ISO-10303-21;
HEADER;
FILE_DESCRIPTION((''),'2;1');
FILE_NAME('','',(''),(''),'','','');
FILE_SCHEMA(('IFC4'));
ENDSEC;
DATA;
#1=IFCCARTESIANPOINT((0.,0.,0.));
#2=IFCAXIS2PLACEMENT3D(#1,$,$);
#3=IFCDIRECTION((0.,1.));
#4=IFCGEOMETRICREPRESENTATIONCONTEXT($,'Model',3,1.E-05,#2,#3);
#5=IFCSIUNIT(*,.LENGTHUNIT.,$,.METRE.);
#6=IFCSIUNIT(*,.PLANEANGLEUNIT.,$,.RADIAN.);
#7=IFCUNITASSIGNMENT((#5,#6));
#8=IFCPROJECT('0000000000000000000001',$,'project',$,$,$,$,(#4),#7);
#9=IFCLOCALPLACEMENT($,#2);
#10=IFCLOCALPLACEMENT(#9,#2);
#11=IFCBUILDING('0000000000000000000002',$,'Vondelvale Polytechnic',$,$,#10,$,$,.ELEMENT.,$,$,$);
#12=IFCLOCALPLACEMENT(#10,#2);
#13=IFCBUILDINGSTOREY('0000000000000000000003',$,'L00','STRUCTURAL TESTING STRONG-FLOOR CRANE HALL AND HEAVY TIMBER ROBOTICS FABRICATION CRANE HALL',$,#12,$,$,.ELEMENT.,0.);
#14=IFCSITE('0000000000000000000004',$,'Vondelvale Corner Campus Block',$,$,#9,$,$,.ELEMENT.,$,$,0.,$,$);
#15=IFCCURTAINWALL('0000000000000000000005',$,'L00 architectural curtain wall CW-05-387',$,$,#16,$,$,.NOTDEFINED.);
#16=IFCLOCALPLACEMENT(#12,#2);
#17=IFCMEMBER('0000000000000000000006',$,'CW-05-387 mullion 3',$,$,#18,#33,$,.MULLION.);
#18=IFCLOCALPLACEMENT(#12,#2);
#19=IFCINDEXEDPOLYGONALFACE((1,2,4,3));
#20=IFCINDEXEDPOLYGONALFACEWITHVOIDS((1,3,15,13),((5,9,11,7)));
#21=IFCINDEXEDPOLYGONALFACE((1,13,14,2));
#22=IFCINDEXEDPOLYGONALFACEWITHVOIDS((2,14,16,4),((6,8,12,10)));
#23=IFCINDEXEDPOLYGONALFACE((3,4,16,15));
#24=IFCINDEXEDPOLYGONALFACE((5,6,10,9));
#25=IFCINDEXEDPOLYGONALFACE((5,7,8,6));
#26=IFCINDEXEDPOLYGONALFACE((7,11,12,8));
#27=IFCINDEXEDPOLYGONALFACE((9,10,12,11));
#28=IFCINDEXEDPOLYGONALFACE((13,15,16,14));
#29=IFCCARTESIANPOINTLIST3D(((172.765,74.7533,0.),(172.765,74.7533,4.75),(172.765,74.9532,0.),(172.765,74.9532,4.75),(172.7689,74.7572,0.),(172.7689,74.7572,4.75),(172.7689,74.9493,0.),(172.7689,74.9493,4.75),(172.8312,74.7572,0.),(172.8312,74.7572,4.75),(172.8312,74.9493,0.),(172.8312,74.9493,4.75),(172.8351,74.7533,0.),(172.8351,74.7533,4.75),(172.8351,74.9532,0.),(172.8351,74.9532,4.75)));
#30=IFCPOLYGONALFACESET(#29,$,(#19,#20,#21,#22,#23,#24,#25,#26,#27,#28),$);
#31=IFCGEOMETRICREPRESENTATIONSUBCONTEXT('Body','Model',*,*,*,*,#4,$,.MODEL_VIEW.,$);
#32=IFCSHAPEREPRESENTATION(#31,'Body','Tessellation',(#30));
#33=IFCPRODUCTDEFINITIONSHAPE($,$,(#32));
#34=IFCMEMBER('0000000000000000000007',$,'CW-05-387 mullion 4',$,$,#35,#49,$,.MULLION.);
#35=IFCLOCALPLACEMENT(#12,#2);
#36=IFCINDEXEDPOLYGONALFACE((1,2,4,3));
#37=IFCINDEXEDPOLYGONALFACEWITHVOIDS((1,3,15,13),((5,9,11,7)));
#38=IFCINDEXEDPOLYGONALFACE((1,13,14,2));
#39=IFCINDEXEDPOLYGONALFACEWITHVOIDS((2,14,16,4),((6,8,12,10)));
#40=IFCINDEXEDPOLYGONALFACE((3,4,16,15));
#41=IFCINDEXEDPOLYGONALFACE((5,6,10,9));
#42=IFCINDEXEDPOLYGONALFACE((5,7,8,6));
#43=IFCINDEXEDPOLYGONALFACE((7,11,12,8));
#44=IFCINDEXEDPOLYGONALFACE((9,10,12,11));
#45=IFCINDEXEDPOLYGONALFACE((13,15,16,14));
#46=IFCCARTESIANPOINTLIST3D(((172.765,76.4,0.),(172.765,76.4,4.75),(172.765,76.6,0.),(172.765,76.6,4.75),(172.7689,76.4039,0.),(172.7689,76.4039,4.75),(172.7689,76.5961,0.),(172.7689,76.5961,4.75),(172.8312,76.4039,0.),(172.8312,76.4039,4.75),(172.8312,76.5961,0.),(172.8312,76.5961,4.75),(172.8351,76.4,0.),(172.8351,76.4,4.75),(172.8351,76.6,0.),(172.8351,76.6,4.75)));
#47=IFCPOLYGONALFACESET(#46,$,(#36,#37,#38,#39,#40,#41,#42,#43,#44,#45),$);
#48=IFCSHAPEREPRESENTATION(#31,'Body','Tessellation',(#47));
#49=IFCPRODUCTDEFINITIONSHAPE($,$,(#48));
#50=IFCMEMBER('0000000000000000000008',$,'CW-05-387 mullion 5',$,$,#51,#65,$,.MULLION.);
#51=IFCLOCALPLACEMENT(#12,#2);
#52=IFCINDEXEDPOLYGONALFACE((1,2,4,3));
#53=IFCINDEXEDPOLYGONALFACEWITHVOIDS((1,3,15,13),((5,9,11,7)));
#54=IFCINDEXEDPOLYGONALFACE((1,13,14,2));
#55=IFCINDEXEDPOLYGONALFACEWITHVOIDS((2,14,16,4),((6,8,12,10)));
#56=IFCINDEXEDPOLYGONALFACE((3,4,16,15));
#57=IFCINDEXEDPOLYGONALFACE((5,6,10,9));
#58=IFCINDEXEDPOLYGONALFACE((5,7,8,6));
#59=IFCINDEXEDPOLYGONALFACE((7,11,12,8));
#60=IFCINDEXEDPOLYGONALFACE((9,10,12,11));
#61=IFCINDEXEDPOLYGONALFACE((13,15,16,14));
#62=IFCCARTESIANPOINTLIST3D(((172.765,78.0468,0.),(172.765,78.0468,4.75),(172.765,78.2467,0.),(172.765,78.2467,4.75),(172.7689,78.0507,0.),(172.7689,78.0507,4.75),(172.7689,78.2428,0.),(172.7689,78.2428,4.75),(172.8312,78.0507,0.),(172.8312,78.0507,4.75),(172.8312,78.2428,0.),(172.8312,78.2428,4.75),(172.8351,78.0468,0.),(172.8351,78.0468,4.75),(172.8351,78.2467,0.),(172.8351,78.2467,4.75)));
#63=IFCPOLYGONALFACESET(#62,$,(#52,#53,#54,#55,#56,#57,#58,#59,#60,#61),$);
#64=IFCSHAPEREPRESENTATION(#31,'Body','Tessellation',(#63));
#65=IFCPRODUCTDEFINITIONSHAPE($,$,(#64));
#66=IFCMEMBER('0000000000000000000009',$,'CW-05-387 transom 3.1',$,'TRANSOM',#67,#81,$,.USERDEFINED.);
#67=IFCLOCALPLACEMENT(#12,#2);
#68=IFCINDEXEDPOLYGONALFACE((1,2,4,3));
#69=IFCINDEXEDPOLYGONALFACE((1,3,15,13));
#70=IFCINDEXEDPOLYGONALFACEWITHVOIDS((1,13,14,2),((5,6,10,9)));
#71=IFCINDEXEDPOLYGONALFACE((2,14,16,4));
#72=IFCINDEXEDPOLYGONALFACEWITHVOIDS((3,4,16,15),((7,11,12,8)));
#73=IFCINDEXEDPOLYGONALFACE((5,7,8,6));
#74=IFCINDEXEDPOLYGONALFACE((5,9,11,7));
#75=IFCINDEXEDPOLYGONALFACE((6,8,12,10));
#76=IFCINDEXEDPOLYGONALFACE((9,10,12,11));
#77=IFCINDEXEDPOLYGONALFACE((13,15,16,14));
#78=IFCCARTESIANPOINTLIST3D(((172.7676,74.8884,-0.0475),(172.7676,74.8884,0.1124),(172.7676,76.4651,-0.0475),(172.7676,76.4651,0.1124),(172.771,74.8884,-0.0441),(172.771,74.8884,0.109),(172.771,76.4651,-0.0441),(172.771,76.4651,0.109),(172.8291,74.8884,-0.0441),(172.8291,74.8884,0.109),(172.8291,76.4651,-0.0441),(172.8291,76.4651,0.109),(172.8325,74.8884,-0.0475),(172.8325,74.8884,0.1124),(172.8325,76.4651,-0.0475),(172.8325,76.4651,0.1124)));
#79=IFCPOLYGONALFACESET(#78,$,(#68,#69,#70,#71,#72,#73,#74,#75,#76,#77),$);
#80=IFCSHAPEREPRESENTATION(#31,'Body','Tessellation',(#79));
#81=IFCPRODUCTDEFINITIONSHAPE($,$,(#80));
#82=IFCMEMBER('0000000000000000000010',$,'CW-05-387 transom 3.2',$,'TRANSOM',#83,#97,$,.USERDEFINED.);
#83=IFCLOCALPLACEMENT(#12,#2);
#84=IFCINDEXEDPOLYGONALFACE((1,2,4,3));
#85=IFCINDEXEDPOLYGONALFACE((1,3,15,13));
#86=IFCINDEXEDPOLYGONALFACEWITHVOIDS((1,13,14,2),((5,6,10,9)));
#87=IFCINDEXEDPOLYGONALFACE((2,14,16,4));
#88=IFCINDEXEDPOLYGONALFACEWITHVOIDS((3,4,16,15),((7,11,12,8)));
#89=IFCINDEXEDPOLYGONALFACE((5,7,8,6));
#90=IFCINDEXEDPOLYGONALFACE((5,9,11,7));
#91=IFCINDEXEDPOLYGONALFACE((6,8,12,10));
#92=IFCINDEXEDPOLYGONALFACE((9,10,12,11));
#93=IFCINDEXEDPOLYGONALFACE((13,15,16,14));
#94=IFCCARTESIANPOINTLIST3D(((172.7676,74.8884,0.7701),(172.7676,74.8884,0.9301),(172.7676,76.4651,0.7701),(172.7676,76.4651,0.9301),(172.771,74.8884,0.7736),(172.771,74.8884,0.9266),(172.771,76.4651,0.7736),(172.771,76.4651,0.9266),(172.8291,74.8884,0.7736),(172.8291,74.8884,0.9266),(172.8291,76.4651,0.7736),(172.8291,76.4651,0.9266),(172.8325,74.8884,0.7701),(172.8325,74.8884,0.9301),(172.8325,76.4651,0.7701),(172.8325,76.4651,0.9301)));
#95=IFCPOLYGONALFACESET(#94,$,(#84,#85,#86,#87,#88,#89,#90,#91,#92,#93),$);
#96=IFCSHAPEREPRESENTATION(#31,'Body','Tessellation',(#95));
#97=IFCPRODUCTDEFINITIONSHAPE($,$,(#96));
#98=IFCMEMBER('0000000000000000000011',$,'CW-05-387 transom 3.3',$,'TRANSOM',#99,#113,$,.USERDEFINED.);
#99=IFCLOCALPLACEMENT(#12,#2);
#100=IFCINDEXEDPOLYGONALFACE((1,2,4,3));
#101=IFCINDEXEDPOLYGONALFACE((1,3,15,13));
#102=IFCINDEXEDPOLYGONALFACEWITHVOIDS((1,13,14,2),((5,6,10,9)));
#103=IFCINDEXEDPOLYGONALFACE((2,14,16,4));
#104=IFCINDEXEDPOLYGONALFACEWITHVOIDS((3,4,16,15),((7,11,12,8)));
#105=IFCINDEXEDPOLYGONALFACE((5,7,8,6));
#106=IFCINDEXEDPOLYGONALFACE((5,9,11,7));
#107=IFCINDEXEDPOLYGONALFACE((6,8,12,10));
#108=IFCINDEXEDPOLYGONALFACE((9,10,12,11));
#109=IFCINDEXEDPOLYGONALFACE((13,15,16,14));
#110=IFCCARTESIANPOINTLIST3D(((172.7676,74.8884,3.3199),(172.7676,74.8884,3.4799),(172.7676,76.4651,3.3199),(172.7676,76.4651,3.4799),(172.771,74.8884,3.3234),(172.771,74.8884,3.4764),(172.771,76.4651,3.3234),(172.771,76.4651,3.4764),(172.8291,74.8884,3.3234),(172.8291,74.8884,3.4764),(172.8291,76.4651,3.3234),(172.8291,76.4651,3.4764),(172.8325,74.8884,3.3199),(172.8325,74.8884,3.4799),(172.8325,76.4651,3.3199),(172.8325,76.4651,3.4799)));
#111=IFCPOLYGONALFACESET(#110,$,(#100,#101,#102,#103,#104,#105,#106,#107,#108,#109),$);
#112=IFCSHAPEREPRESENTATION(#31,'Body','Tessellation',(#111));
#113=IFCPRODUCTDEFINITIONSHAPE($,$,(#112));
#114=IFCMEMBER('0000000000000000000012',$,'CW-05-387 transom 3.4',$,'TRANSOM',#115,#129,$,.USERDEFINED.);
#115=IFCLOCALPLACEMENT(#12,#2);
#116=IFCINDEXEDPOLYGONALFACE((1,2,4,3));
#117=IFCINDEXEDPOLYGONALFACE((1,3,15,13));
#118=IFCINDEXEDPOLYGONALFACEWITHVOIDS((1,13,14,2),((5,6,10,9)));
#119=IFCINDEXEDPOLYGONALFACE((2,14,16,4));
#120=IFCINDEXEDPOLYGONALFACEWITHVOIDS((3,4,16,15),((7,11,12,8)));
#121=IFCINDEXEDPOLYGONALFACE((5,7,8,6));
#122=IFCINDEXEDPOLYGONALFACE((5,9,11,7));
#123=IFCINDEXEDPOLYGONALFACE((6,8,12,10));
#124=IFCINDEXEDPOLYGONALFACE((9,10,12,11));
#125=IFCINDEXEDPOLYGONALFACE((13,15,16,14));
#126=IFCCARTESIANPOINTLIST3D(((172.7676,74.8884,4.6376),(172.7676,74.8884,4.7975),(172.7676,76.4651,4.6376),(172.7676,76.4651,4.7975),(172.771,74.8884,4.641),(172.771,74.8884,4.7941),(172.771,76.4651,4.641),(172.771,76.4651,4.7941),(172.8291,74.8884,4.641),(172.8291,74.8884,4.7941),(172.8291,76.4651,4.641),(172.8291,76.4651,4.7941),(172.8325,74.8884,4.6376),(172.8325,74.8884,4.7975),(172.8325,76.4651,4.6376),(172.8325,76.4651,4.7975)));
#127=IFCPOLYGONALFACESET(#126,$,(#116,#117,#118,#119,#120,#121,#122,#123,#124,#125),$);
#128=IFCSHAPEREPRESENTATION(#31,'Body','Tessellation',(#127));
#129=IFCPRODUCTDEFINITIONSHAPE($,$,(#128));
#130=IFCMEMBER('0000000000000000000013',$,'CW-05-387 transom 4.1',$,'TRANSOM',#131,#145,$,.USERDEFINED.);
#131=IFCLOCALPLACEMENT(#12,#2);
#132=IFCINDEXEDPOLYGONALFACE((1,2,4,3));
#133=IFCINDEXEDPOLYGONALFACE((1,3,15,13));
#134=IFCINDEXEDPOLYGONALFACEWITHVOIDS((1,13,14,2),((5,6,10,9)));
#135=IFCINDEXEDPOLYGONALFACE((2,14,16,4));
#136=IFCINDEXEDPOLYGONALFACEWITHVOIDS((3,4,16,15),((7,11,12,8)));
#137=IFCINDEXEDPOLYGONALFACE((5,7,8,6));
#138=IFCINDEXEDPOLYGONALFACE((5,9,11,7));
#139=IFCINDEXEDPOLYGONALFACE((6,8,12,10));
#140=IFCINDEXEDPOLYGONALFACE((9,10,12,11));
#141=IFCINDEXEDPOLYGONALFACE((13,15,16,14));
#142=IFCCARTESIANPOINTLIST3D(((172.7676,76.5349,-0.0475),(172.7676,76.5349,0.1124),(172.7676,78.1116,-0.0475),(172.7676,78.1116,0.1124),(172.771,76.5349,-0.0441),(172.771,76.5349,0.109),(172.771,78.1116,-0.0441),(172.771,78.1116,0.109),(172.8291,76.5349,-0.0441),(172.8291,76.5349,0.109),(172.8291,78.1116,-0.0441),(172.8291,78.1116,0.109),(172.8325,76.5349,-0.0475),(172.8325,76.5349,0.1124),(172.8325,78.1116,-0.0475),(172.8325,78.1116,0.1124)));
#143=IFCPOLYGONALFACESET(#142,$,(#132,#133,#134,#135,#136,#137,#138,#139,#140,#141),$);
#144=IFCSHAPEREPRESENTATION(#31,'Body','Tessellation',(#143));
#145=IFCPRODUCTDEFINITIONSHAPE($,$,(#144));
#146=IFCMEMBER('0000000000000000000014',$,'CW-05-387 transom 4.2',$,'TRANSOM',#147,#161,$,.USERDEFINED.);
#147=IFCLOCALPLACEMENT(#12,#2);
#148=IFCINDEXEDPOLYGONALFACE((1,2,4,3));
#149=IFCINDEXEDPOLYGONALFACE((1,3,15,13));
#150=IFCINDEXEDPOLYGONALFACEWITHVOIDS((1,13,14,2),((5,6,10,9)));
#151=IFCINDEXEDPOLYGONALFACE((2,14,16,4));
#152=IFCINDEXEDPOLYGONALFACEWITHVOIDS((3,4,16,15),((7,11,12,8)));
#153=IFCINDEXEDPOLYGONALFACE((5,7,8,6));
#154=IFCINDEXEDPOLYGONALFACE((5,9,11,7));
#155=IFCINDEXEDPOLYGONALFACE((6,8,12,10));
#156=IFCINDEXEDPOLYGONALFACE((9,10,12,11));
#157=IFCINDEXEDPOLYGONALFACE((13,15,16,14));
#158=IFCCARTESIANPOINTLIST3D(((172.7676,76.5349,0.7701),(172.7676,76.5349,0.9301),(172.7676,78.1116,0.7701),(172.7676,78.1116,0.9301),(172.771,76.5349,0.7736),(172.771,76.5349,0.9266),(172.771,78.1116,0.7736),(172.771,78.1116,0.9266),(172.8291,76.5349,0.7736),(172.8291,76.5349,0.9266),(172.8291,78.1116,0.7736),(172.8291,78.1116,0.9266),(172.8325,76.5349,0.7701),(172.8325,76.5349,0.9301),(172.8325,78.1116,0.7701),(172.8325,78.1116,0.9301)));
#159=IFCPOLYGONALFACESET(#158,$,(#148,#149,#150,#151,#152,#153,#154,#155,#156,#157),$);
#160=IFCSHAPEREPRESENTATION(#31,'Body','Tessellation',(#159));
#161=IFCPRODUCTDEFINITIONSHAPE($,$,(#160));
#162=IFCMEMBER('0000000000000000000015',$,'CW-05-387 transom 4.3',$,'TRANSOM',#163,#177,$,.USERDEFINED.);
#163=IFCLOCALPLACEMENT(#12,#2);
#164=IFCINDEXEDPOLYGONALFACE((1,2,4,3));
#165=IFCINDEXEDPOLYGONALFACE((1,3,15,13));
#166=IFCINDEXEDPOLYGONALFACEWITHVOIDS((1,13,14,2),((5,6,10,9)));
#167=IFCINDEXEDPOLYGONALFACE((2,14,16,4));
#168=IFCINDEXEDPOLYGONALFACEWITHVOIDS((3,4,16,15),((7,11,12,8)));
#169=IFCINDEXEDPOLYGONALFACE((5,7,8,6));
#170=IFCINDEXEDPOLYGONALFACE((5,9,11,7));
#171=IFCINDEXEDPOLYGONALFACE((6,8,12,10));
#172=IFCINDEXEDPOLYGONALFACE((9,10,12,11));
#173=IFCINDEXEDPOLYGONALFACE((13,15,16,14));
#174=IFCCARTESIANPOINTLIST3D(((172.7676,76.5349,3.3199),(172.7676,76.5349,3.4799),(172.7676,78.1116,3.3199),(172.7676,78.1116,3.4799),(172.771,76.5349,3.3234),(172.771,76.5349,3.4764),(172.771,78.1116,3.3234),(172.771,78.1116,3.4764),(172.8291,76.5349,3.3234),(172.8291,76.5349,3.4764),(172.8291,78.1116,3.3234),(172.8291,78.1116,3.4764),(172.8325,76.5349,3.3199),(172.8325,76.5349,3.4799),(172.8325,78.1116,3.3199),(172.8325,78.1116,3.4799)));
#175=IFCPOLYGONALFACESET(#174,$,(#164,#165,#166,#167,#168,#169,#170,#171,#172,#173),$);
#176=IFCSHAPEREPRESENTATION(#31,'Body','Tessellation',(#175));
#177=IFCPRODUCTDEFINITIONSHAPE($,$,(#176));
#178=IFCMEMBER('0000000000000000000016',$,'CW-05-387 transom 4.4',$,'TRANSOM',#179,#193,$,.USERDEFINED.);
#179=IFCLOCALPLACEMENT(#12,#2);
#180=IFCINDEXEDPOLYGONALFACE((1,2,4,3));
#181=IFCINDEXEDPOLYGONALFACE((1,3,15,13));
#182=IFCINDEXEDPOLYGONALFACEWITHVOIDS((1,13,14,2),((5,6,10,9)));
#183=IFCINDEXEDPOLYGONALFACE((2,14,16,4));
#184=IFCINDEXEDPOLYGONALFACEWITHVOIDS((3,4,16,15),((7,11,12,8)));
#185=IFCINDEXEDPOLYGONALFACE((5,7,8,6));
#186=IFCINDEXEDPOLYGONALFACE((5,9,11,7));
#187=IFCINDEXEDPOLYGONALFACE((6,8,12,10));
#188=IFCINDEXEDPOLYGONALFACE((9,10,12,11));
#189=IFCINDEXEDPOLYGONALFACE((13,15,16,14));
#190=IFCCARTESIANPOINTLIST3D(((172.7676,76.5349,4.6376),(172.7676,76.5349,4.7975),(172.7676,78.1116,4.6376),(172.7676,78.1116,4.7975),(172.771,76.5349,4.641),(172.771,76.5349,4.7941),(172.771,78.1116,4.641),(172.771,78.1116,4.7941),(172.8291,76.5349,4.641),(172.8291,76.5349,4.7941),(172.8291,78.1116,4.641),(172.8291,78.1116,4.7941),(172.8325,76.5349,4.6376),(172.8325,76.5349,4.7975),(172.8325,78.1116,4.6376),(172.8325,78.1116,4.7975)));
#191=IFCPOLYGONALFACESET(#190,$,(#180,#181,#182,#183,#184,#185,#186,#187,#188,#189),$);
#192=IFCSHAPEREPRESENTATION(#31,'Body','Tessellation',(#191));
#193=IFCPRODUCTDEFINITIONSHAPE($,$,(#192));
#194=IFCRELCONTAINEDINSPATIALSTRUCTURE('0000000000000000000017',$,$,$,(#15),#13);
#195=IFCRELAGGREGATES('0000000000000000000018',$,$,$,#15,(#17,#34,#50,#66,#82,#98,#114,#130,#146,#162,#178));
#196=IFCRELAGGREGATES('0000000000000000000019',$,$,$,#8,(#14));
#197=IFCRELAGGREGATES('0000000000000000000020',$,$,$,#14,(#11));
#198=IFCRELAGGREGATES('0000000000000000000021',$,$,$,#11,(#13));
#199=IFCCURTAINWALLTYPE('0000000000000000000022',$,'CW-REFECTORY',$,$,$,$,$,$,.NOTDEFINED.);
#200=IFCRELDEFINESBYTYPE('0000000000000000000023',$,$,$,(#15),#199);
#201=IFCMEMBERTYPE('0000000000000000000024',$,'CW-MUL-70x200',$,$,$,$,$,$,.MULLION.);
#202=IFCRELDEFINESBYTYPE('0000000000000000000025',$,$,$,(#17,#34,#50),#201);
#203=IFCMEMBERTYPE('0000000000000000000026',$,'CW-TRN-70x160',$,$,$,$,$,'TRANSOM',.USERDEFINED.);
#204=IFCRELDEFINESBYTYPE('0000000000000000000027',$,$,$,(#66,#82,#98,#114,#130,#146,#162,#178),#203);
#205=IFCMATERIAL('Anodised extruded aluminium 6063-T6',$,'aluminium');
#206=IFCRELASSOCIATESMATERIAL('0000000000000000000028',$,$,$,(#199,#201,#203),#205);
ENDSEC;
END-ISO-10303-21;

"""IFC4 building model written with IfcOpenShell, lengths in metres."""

from ifc_helpers import new_model, si_unit, direction, frame, origin, origin_2d, place, context, subcontext, project, spatial, hollow_rectangle, extrude, material, material_profile, profile_set, type_object, element, aggregate, save


model = new_model("IFC4")

# Units and contexts
model_context = context("Model", 3, precision=1e-05, world=origin(), true_north=direction((0.0, 1.0)))
body_context = subcontext(model_context, "Body", "Model", "MODEL_VIEW")
ifc_project = project(units=[si_unit("LENGTHUNIT", "METRE"), si_unit("PLANEANGLEUNIT", "RADIAN")], contexts=[model_context])

# Site, building, storey
site_placement = place(None, origin())
site = spatial("IfcSite", under=ifc_project, at=site_placement, Name="Vondelvale Corner Campus Block", CompositionType="ELEMENT", RefElevation=0.0)
building_placement = place(site_placement, origin())
building = spatial("IfcBuilding", under=site, at=building_placement, Name="Vondelvale Polytechnic", CompositionType="ELEMENT")
storey_placement = place(building_placement, origin())
storey = spatial("IfcBuildingStorey", under=building, at=storey_placement, Name="L00", Description="STRUCTURAL TESTING STRONG-FLOOR CRANE HALL AND HEAVY TIMBER ROBOTICS FABRICATION CRANE HALL", CompositionType="ELEMENT", Elevation=0.0)

# Curtain wall, members
ifc_material_1 = material(Name="Anodised extruded aluminium 6063-T6", Category="aluminium")
curtain_wall_type = type_object("IfcCurtainWallType", Name="CW-REFECTORY", PredefinedType="NOTDEFINED", material=ifc_material_1)
curtain_wall_placement = place(storey_placement, origin())
curtain_wall = element("IfcCurtainWall", 1, at=curtain_wall_placement, inside=storey, type_object=curtain_wall_type, Name="L00 architectural curtain wall CW-05-387", PredefinedType="NOTDEFINED")
ifc_material_profile_1 = material_profile(ifc_material_1, hollow_rectangle(XDim=0.0701, YDim=0.2, WallThickness=0.0039, at=origin_2d()), Name="CW-MUL-200x70")
ifc_profile_set_1 = profile_set([ifc_material_profile_1], Name="Anodised extruded aluminium 6063-T6")
member_type_1 = type_object("IfcMemberType", Name="CW-MUL-70x200", PredefinedType="MULLION", material=ifc_profile_set_1)
member_1_placement = place(storey_placement, frame((172.8, 74.8533, 0.0), z_axis=(0.0, 0.0, 1.0), x_axis=(-1.0, 0.0, 0.0)))
member_1 = element("IfcMember", 2, at=member_1_placement, type_object=member_type_1, Name="CW-05-387 mullion 3", PredefinedType="MULLION", context=body_context, shape_type="SweptSolid", body=[
    extrude(hollow_rectangle(XDim=0.0701, YDim=0.2, WallThickness=0.0039, at=origin_2d()), origin(), (0.0, 0.0, 1.0), 4.75),
])
member_2_placement = place(storey_placement, frame((172.8, 76.5, 0.0), z_axis=(0.0, 0.0, 1.0), x_axis=(-1.0, 0.0, 0.0)))
member_2 = element("IfcMember", 3, at=member_2_placement, type_object=member_type_1, Name="CW-05-387 mullion 4", PredefinedType="MULLION", context=body_context, shape_type="SweptSolid", body=[
    extrude(hollow_rectangle(XDim=0.0701, YDim=0.2, WallThickness=0.0039, at=origin_2d()), origin(), (0.0, 0.0, 1.0), 4.75),
])
member_3_placement = place(storey_placement, frame((172.8, 78.1467, 0.0), z_axis=(0.0, 0.0, 1.0), x_axis=(-1.0, 0.0, 0.0)))
member_3 = element("IfcMember", 4, at=member_3_placement, type_object=member_type_1, Name="CW-05-387 mullion 5", PredefinedType="MULLION", context=body_context, shape_type="SweptSolid", body=[
    extrude(hollow_rectangle(XDim=0.0701, YDim=0.2, WallThickness=0.0039, at=origin_2d()), origin(), (0.0, 0.0, 1.0), 4.75),
])
ifc_material_profile_2 = material_profile(ifc_material_1, hollow_rectangle(XDim=0.0649, YDim=0.1599, WallThickness=0.0034, at=origin_2d()), Name="CW-TRN-160x65")
ifc_profile_set_2 = profile_set([ifc_material_profile_2], Name="Anodised extruded aluminium 6063-T6")
member_type_2 = type_object("IfcMemberType", Name="CW-TRN-70x160", ElementType="TRANSOM", PredefinedType="USERDEFINED", material=ifc_profile_set_2)
member_4_placement = place(storey_placement, frame((172.8, 74.8884, 0.0325), z_axis=(0.0, 1.0, 0.0), x_axis=(-1.0, 0.0, 0.0)))
member_4 = element("IfcMember", 5, at=member_4_placement, type_object=member_type_2, Name="CW-05-387 transom 3.1", ObjectType="TRANSOM", PredefinedType="USERDEFINED", context=body_context, shape_type="SweptSolid", body=[
    extrude(hollow_rectangle(XDim=0.0649, YDim=0.1599, WallThickness=0.0034, at=origin_2d()), origin(), (0.0, 0.0, 1.0), 1.5767),
])
member_5_placement = place(storey_placement, frame((172.8, 74.8884, 0.8501), z_axis=(0.0, 1.0, 0.0), x_axis=(-1.0, 0.0, 0.0)))
member_5 = element("IfcMember", 6, at=member_5_placement, type_object=member_type_2, Name="CW-05-387 transom 3.2", ObjectType="TRANSOM", PredefinedType="USERDEFINED", context=body_context, shape_type="SweptSolid", body=[
    extrude(hollow_rectangle(XDim=0.0649, YDim=0.1599, WallThickness=0.0034, at=origin_2d()), origin(), (0.0, 0.0, 1.0), 1.5767),
])
member_6_placement = place(storey_placement, frame((172.8, 74.8884, 3.3999), z_axis=(0.0, 1.0, 0.0), x_axis=(-1.0, 0.0, 0.0)))
member_6 = element("IfcMember", 7, at=member_6_placement, type_object=member_type_2, Name="CW-05-387 transom 3.3", ObjectType="TRANSOM", PredefinedType="USERDEFINED", context=body_context, shape_type="SweptSolid", body=[
    extrude(hollow_rectangle(XDim=0.0649, YDim=0.1599, WallThickness=0.0034, at=origin_2d()), origin(), (0.0, 0.0, 1.0), 1.5767),
])
member_7_placement = place(storey_placement, frame((172.8, 74.8884, 4.7175), z_axis=(0.0, 1.0, 0.0), x_axis=(-1.0, 0.0, 0.0)))
member_7 = element("IfcMember", 8, at=member_7_placement, type_object=member_type_2, Name="CW-05-387 transom 3.4", ObjectType="TRANSOM", PredefinedType="USERDEFINED", context=body_context, shape_type="SweptSolid", body=[
    extrude(hollow_rectangle(XDim=0.0649, YDim=0.1599, WallThickness=0.0034, at=origin_2d()), origin(), (0.0, 0.0, 1.0), 1.5767),
])
member_8_placement = place(storey_placement, frame((172.8, 76.5349, 0.0325), z_axis=(0.0, 1.0, 0.0), x_axis=(-1.0, 0.0, 0.0)))
member_8 = element("IfcMember", 9, at=member_8_placement, type_object=member_type_2, Name="CW-05-387 transom 4.1", ObjectType="TRANSOM", PredefinedType="USERDEFINED", context=body_context, shape_type="SweptSolid", body=[
    extrude(hollow_rectangle(XDim=0.0649, YDim=0.1599, WallThickness=0.0034, at=origin_2d()), origin(), (0.0, 0.0, 1.0), 1.5767),
])
member_9_placement = place(storey_placement, frame((172.8, 76.5349, 0.8501), z_axis=(0.0, 1.0, 0.0), x_axis=(-1.0, 0.0, 0.0)))
member_9 = element("IfcMember", 10, at=member_9_placement, type_object=member_type_2, Name="CW-05-387 transom 4.2", ObjectType="TRANSOM", PredefinedType="USERDEFINED", context=body_context, shape_type="SweptSolid", body=[
    extrude(hollow_rectangle(XDim=0.0649, YDim=0.1599, WallThickness=0.0034, at=origin_2d()), origin(), (0.0, 0.0, 1.0), 1.5767),
])
member_10_placement = place(storey_placement, frame((172.8, 76.5349, 3.3999), z_axis=(0.0, 1.0, 0.0), x_axis=(-1.0, 0.0, 0.0)))
member_10 = element("IfcMember", 11, at=member_10_placement, type_object=member_type_2, Name="CW-05-387 transom 4.3", ObjectType="TRANSOM", PredefinedType="USERDEFINED", context=body_context, shape_type="SweptSolid", body=[
    extrude(hollow_rectangle(XDim=0.0649, YDim=0.1599, WallThickness=0.0034, at=origin_2d()), origin(), (0.0, 0.0, 1.0), 1.5767),
])
member_11_placement = place(storey_placement, frame((172.8, 76.5349, 4.7175), z_axis=(0.0, 1.0, 0.0), x_axis=(-1.0, 0.0, 0.0)))
member_11 = element("IfcMember", 12, at=member_11_placement, type_object=member_type_2, Name="CW-05-387 transom 4.4", ObjectType="TRANSOM", PredefinedType="USERDEFINED", context=body_context, shape_type="SweptSolid", body=[
    extrude(hollow_rectangle(XDim=0.0649, YDim=0.1599, WallThickness=0.0034, at=origin_2d()), origin(), (0.0, 0.0, 1.0), 1.5767),
])
aggregate(curtain_wall, [member_1, member_2, member_3, member_4, member_5, member_6, member_7, member_8, member_9, member_10, member_11])

save(model, "model.ifc")
